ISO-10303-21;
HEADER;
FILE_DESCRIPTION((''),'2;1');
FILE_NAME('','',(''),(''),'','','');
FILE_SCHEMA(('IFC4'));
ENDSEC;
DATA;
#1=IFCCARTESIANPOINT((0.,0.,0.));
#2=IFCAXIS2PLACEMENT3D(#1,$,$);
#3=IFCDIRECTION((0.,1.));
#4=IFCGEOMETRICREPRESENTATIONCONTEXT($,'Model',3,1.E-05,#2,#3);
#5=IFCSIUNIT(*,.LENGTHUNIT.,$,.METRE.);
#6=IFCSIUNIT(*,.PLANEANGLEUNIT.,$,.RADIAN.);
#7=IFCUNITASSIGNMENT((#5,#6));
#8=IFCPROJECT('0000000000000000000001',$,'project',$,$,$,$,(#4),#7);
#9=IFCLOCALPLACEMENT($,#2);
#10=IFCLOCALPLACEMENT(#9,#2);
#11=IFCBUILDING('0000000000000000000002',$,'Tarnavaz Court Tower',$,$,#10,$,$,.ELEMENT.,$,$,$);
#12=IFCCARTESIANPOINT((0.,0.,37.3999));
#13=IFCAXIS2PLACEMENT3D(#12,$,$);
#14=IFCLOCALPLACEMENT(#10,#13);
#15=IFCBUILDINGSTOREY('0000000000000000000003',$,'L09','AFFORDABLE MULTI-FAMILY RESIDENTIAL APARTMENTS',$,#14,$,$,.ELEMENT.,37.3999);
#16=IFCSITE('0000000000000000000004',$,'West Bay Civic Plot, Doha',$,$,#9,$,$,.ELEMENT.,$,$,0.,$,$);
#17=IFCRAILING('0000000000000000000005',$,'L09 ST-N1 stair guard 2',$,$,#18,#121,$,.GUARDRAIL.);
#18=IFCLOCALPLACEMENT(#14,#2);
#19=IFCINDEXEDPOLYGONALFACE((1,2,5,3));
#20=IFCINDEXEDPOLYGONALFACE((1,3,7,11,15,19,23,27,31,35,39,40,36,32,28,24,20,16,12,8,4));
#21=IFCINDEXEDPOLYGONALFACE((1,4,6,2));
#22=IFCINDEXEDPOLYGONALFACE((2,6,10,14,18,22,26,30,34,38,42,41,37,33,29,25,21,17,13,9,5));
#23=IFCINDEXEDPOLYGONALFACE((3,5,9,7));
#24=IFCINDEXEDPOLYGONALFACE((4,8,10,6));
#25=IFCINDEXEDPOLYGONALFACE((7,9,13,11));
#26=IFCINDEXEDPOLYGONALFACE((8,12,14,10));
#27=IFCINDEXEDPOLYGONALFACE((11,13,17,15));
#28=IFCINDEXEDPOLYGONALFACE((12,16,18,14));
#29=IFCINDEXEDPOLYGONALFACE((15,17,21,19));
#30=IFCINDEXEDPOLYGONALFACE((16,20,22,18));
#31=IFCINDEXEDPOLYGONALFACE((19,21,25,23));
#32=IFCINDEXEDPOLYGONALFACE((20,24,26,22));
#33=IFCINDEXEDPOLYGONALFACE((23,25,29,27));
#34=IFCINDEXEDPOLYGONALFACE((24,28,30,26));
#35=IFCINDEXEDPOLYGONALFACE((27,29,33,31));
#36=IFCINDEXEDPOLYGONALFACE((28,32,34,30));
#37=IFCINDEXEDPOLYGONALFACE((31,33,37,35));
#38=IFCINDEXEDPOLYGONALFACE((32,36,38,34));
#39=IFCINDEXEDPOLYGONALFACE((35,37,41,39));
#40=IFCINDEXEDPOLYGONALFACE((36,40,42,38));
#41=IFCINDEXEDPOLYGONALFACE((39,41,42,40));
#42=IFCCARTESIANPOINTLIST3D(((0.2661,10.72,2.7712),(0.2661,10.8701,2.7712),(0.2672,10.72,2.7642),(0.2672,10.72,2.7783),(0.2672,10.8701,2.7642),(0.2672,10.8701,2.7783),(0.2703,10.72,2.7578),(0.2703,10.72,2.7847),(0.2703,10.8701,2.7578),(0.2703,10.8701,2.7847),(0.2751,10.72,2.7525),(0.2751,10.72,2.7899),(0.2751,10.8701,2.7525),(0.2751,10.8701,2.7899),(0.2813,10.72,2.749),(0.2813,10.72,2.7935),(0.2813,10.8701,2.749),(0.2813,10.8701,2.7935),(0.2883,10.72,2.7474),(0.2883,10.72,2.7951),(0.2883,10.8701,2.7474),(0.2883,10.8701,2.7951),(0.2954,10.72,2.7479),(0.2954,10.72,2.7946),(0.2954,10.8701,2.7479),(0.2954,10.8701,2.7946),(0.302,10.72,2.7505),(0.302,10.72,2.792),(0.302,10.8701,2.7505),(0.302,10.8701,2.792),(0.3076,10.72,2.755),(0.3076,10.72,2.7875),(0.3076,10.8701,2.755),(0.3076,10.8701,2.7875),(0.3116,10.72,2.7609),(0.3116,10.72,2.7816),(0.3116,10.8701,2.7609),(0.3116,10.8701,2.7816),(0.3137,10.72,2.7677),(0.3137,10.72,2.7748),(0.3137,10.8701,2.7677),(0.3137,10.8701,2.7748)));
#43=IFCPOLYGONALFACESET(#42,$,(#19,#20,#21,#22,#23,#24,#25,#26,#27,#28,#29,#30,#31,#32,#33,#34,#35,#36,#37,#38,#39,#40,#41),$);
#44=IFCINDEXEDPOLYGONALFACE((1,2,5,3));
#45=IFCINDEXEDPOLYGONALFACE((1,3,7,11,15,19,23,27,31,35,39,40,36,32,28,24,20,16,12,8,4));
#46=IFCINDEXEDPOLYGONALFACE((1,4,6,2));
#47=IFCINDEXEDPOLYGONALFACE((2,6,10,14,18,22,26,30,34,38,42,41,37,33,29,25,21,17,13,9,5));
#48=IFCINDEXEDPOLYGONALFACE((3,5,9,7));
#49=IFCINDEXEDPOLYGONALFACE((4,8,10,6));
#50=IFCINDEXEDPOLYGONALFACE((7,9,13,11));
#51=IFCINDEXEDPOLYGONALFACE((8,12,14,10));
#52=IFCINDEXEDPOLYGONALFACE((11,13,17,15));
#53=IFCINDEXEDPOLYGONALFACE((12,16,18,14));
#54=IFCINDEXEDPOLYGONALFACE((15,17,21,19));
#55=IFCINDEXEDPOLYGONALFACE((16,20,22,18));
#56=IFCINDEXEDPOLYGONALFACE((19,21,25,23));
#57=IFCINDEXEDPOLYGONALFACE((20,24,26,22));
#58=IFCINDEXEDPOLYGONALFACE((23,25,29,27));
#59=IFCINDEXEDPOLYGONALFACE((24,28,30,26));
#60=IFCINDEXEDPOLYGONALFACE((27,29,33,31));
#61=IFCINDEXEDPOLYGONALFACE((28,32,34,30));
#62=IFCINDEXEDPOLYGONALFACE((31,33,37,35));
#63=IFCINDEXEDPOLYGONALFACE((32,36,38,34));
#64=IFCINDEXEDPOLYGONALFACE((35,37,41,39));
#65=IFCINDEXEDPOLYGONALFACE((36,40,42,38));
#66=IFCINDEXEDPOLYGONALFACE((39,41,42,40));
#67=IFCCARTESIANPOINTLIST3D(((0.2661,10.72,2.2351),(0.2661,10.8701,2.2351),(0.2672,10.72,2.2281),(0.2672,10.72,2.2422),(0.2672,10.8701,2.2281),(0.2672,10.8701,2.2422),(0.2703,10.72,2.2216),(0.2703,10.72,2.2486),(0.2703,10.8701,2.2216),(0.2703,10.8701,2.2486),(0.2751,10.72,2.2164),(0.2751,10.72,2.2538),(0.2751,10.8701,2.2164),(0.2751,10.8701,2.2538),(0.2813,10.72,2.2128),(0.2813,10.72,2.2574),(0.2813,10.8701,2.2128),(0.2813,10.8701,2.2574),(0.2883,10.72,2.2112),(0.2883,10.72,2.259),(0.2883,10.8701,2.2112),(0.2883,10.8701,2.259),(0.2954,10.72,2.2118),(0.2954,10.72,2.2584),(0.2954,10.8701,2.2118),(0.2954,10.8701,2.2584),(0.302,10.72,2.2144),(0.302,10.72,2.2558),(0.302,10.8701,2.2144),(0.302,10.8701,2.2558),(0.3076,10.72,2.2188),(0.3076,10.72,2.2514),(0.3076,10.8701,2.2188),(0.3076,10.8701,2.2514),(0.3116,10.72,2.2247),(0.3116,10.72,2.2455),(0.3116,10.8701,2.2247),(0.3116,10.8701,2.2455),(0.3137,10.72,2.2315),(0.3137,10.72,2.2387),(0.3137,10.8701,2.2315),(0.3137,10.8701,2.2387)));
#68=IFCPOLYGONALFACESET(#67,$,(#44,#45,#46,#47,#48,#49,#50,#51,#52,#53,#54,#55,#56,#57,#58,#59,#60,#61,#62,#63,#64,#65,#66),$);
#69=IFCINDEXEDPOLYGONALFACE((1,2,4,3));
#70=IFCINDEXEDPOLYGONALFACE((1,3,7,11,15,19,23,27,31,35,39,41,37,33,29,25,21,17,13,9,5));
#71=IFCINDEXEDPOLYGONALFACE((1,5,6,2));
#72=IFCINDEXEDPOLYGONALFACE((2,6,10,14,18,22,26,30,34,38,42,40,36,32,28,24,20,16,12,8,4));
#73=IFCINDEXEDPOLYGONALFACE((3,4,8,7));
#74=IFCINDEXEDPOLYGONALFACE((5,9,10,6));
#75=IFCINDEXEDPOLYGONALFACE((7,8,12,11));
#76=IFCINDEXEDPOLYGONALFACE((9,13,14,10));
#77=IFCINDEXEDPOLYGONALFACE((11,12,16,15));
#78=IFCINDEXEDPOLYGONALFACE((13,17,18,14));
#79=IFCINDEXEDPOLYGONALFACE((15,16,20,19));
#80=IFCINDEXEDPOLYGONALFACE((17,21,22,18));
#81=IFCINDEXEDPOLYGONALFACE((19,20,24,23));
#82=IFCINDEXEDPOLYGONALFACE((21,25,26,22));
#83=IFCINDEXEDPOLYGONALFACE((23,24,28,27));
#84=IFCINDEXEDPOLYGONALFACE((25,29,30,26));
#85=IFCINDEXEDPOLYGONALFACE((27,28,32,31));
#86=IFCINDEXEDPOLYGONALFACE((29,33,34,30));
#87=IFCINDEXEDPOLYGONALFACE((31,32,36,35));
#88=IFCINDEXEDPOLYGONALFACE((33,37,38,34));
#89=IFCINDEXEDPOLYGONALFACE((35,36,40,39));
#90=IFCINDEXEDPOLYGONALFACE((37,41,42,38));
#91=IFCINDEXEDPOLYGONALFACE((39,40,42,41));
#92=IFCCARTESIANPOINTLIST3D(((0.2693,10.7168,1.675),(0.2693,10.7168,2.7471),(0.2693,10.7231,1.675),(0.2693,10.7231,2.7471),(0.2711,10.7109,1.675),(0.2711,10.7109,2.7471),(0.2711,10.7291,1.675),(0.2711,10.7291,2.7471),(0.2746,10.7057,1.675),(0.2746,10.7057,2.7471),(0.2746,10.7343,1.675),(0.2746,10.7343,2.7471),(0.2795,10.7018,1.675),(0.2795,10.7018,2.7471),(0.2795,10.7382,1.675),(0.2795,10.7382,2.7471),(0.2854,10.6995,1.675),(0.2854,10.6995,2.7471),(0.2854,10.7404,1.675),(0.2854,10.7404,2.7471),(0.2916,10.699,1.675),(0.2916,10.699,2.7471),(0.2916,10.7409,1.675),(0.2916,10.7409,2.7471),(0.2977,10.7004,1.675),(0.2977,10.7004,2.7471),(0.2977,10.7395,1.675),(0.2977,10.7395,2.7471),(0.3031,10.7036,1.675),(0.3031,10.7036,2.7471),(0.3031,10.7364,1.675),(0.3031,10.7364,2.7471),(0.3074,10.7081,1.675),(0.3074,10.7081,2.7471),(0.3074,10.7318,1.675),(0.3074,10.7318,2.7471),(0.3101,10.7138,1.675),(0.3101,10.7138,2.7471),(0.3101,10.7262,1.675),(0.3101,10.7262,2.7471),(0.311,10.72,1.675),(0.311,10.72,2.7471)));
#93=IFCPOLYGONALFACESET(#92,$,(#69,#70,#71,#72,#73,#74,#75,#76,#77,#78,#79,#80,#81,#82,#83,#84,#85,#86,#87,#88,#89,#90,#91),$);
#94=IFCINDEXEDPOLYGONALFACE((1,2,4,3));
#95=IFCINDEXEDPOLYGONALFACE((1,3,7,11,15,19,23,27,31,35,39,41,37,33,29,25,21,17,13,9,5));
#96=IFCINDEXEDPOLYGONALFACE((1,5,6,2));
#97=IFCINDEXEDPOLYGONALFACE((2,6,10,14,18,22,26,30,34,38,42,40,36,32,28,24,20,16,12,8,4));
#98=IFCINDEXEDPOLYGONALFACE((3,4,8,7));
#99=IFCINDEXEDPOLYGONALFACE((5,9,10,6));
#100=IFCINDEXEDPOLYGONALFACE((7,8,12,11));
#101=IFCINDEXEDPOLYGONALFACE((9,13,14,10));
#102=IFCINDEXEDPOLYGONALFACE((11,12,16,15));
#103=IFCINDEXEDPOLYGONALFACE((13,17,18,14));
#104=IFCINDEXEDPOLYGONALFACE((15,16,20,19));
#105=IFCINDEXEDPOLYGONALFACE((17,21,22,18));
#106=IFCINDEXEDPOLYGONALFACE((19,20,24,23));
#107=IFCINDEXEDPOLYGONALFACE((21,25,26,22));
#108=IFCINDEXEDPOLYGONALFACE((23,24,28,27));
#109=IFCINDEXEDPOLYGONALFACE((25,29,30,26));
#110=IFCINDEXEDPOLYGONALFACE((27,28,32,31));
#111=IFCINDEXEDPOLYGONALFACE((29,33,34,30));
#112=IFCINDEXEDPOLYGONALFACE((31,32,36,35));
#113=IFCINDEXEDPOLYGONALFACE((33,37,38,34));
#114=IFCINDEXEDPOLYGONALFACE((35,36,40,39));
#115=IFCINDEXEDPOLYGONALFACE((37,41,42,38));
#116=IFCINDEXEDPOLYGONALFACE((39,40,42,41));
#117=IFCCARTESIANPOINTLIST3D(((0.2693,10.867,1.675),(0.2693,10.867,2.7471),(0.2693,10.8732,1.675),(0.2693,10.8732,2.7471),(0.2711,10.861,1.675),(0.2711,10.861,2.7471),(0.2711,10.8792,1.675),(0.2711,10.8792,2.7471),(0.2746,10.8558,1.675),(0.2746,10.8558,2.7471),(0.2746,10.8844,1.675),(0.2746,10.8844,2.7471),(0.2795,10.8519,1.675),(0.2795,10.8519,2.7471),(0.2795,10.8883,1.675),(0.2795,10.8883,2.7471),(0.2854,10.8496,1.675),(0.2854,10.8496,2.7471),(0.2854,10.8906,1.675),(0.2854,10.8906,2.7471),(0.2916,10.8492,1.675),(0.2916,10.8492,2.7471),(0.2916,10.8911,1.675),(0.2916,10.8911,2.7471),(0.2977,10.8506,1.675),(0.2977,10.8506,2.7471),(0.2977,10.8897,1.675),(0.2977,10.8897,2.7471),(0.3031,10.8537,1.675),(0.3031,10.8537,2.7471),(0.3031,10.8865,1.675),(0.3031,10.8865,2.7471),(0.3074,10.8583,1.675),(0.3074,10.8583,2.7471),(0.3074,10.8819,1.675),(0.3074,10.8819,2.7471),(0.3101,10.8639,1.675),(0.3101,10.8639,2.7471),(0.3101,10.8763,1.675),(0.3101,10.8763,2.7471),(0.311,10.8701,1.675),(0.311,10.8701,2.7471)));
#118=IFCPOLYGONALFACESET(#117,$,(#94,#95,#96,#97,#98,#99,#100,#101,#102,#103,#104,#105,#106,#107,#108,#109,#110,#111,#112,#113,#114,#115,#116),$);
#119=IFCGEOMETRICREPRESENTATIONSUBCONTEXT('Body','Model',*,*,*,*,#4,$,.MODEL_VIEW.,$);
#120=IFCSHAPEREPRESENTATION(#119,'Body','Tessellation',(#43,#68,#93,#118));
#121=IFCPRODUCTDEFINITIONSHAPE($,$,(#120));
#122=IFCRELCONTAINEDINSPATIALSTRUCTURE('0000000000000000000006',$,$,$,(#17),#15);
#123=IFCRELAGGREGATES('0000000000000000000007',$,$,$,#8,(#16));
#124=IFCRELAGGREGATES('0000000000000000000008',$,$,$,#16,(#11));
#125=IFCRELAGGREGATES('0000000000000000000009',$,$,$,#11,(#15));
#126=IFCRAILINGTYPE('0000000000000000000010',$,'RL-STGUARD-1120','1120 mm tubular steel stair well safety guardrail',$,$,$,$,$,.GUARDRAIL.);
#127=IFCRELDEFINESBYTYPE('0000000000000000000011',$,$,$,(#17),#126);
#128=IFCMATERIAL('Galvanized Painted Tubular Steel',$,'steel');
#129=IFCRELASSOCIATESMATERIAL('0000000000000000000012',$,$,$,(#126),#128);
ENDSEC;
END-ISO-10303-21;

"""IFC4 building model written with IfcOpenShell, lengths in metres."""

from ifc_helpers import new_model, si_unit, direction, frame, origin, origin_2d, place, context, subcontext, project, spatial, circle, extrude, material, type_object, element, save


model = new_model("IFC4")

# Units and contexts
model_context = context("Model", 3, precision=1e-05, world=origin(), true_north=direction((0.0, 1.0)))
body_context = subcontext(model_context, "Body", "Model", "MODEL_VIEW")
ifc_project = project(units=[si_unit("LENGTHUNIT", "METRE"), si_unit("PLANEANGLEUNIT", "RADIAN")], contexts=[model_context])

# Site, building, storey
site_placement = place(None, origin())
site = spatial("IfcSite", under=ifc_project, at=site_placement, Name="West Bay Civic Plot, Doha", CompositionType="ELEMENT", RefElevation=0.0)
building_placement = place(site_placement, origin())
building = spatial("IfcBuilding", under=site, at=building_placement, Name="Tarnavaz Court Tower", CompositionType="ELEMENT")
storey_placement = place(building_placement, frame((0.0, 0.0, 37.3999)))
storey = spatial("IfcBuildingStorey", under=building, at=storey_placement, Name="L09", Description="AFFORDABLE MULTI-FAMILY RESIDENTIAL APARTMENTS", CompositionType="ELEMENT", Elevation=37.3999)

# Railing
ifc_material_1 = material(Name="Galvanized Painted Tubular Steel", Category="steel")
railing_type_1 = type_object("IfcRailingType", Name="RL-STGUARD-1120", Description="1120 mm tubular steel stair well safety guardrail", PredefinedType="GUARDRAIL", material=ifc_material_1)
railing_1_placement = place(storey_placement, frame((0.29, 10.72, 1.675)))
element("IfcRailing", 1, at=railing_1_placement, inside=storey, type_object=railing_type_1, Name="L09 ST-N1 stair guard 2", PredefinedType="GUARDRAIL", context=body_context, shape_type="SweptSolid", body=[
    extrude(circle(Radius=0.0239, at=origin_2d()), frame((0.0, 0.0, 1.0962), z_axis=(0.0, 1.0, 0.0), x_axis=(-1.0, 0.0, 0.0)), (0.0, 0.0, 1.0), 0.1501),
    extrude(circle(Radius=0.0239, at=origin_2d()), frame((0.0, 0.0, 0.5601), z_axis=(0.0, 1.0, 0.0), x_axis=(-1.0, 0.0, 0.0)), (0.0, 0.0, 1.0), 0.1501),
    extrude(circle(Radius=0.021, at=origin_2d()), origin(), (0.0, 0.0, 1.0), 1.072),
    extrude(circle(Radius=0.021, at=origin_2d()), frame((0.0, 0.1501, 0.0)), (0.0, 0.0, 1.0), 1.072),
])

save(model, "model.ifc")
